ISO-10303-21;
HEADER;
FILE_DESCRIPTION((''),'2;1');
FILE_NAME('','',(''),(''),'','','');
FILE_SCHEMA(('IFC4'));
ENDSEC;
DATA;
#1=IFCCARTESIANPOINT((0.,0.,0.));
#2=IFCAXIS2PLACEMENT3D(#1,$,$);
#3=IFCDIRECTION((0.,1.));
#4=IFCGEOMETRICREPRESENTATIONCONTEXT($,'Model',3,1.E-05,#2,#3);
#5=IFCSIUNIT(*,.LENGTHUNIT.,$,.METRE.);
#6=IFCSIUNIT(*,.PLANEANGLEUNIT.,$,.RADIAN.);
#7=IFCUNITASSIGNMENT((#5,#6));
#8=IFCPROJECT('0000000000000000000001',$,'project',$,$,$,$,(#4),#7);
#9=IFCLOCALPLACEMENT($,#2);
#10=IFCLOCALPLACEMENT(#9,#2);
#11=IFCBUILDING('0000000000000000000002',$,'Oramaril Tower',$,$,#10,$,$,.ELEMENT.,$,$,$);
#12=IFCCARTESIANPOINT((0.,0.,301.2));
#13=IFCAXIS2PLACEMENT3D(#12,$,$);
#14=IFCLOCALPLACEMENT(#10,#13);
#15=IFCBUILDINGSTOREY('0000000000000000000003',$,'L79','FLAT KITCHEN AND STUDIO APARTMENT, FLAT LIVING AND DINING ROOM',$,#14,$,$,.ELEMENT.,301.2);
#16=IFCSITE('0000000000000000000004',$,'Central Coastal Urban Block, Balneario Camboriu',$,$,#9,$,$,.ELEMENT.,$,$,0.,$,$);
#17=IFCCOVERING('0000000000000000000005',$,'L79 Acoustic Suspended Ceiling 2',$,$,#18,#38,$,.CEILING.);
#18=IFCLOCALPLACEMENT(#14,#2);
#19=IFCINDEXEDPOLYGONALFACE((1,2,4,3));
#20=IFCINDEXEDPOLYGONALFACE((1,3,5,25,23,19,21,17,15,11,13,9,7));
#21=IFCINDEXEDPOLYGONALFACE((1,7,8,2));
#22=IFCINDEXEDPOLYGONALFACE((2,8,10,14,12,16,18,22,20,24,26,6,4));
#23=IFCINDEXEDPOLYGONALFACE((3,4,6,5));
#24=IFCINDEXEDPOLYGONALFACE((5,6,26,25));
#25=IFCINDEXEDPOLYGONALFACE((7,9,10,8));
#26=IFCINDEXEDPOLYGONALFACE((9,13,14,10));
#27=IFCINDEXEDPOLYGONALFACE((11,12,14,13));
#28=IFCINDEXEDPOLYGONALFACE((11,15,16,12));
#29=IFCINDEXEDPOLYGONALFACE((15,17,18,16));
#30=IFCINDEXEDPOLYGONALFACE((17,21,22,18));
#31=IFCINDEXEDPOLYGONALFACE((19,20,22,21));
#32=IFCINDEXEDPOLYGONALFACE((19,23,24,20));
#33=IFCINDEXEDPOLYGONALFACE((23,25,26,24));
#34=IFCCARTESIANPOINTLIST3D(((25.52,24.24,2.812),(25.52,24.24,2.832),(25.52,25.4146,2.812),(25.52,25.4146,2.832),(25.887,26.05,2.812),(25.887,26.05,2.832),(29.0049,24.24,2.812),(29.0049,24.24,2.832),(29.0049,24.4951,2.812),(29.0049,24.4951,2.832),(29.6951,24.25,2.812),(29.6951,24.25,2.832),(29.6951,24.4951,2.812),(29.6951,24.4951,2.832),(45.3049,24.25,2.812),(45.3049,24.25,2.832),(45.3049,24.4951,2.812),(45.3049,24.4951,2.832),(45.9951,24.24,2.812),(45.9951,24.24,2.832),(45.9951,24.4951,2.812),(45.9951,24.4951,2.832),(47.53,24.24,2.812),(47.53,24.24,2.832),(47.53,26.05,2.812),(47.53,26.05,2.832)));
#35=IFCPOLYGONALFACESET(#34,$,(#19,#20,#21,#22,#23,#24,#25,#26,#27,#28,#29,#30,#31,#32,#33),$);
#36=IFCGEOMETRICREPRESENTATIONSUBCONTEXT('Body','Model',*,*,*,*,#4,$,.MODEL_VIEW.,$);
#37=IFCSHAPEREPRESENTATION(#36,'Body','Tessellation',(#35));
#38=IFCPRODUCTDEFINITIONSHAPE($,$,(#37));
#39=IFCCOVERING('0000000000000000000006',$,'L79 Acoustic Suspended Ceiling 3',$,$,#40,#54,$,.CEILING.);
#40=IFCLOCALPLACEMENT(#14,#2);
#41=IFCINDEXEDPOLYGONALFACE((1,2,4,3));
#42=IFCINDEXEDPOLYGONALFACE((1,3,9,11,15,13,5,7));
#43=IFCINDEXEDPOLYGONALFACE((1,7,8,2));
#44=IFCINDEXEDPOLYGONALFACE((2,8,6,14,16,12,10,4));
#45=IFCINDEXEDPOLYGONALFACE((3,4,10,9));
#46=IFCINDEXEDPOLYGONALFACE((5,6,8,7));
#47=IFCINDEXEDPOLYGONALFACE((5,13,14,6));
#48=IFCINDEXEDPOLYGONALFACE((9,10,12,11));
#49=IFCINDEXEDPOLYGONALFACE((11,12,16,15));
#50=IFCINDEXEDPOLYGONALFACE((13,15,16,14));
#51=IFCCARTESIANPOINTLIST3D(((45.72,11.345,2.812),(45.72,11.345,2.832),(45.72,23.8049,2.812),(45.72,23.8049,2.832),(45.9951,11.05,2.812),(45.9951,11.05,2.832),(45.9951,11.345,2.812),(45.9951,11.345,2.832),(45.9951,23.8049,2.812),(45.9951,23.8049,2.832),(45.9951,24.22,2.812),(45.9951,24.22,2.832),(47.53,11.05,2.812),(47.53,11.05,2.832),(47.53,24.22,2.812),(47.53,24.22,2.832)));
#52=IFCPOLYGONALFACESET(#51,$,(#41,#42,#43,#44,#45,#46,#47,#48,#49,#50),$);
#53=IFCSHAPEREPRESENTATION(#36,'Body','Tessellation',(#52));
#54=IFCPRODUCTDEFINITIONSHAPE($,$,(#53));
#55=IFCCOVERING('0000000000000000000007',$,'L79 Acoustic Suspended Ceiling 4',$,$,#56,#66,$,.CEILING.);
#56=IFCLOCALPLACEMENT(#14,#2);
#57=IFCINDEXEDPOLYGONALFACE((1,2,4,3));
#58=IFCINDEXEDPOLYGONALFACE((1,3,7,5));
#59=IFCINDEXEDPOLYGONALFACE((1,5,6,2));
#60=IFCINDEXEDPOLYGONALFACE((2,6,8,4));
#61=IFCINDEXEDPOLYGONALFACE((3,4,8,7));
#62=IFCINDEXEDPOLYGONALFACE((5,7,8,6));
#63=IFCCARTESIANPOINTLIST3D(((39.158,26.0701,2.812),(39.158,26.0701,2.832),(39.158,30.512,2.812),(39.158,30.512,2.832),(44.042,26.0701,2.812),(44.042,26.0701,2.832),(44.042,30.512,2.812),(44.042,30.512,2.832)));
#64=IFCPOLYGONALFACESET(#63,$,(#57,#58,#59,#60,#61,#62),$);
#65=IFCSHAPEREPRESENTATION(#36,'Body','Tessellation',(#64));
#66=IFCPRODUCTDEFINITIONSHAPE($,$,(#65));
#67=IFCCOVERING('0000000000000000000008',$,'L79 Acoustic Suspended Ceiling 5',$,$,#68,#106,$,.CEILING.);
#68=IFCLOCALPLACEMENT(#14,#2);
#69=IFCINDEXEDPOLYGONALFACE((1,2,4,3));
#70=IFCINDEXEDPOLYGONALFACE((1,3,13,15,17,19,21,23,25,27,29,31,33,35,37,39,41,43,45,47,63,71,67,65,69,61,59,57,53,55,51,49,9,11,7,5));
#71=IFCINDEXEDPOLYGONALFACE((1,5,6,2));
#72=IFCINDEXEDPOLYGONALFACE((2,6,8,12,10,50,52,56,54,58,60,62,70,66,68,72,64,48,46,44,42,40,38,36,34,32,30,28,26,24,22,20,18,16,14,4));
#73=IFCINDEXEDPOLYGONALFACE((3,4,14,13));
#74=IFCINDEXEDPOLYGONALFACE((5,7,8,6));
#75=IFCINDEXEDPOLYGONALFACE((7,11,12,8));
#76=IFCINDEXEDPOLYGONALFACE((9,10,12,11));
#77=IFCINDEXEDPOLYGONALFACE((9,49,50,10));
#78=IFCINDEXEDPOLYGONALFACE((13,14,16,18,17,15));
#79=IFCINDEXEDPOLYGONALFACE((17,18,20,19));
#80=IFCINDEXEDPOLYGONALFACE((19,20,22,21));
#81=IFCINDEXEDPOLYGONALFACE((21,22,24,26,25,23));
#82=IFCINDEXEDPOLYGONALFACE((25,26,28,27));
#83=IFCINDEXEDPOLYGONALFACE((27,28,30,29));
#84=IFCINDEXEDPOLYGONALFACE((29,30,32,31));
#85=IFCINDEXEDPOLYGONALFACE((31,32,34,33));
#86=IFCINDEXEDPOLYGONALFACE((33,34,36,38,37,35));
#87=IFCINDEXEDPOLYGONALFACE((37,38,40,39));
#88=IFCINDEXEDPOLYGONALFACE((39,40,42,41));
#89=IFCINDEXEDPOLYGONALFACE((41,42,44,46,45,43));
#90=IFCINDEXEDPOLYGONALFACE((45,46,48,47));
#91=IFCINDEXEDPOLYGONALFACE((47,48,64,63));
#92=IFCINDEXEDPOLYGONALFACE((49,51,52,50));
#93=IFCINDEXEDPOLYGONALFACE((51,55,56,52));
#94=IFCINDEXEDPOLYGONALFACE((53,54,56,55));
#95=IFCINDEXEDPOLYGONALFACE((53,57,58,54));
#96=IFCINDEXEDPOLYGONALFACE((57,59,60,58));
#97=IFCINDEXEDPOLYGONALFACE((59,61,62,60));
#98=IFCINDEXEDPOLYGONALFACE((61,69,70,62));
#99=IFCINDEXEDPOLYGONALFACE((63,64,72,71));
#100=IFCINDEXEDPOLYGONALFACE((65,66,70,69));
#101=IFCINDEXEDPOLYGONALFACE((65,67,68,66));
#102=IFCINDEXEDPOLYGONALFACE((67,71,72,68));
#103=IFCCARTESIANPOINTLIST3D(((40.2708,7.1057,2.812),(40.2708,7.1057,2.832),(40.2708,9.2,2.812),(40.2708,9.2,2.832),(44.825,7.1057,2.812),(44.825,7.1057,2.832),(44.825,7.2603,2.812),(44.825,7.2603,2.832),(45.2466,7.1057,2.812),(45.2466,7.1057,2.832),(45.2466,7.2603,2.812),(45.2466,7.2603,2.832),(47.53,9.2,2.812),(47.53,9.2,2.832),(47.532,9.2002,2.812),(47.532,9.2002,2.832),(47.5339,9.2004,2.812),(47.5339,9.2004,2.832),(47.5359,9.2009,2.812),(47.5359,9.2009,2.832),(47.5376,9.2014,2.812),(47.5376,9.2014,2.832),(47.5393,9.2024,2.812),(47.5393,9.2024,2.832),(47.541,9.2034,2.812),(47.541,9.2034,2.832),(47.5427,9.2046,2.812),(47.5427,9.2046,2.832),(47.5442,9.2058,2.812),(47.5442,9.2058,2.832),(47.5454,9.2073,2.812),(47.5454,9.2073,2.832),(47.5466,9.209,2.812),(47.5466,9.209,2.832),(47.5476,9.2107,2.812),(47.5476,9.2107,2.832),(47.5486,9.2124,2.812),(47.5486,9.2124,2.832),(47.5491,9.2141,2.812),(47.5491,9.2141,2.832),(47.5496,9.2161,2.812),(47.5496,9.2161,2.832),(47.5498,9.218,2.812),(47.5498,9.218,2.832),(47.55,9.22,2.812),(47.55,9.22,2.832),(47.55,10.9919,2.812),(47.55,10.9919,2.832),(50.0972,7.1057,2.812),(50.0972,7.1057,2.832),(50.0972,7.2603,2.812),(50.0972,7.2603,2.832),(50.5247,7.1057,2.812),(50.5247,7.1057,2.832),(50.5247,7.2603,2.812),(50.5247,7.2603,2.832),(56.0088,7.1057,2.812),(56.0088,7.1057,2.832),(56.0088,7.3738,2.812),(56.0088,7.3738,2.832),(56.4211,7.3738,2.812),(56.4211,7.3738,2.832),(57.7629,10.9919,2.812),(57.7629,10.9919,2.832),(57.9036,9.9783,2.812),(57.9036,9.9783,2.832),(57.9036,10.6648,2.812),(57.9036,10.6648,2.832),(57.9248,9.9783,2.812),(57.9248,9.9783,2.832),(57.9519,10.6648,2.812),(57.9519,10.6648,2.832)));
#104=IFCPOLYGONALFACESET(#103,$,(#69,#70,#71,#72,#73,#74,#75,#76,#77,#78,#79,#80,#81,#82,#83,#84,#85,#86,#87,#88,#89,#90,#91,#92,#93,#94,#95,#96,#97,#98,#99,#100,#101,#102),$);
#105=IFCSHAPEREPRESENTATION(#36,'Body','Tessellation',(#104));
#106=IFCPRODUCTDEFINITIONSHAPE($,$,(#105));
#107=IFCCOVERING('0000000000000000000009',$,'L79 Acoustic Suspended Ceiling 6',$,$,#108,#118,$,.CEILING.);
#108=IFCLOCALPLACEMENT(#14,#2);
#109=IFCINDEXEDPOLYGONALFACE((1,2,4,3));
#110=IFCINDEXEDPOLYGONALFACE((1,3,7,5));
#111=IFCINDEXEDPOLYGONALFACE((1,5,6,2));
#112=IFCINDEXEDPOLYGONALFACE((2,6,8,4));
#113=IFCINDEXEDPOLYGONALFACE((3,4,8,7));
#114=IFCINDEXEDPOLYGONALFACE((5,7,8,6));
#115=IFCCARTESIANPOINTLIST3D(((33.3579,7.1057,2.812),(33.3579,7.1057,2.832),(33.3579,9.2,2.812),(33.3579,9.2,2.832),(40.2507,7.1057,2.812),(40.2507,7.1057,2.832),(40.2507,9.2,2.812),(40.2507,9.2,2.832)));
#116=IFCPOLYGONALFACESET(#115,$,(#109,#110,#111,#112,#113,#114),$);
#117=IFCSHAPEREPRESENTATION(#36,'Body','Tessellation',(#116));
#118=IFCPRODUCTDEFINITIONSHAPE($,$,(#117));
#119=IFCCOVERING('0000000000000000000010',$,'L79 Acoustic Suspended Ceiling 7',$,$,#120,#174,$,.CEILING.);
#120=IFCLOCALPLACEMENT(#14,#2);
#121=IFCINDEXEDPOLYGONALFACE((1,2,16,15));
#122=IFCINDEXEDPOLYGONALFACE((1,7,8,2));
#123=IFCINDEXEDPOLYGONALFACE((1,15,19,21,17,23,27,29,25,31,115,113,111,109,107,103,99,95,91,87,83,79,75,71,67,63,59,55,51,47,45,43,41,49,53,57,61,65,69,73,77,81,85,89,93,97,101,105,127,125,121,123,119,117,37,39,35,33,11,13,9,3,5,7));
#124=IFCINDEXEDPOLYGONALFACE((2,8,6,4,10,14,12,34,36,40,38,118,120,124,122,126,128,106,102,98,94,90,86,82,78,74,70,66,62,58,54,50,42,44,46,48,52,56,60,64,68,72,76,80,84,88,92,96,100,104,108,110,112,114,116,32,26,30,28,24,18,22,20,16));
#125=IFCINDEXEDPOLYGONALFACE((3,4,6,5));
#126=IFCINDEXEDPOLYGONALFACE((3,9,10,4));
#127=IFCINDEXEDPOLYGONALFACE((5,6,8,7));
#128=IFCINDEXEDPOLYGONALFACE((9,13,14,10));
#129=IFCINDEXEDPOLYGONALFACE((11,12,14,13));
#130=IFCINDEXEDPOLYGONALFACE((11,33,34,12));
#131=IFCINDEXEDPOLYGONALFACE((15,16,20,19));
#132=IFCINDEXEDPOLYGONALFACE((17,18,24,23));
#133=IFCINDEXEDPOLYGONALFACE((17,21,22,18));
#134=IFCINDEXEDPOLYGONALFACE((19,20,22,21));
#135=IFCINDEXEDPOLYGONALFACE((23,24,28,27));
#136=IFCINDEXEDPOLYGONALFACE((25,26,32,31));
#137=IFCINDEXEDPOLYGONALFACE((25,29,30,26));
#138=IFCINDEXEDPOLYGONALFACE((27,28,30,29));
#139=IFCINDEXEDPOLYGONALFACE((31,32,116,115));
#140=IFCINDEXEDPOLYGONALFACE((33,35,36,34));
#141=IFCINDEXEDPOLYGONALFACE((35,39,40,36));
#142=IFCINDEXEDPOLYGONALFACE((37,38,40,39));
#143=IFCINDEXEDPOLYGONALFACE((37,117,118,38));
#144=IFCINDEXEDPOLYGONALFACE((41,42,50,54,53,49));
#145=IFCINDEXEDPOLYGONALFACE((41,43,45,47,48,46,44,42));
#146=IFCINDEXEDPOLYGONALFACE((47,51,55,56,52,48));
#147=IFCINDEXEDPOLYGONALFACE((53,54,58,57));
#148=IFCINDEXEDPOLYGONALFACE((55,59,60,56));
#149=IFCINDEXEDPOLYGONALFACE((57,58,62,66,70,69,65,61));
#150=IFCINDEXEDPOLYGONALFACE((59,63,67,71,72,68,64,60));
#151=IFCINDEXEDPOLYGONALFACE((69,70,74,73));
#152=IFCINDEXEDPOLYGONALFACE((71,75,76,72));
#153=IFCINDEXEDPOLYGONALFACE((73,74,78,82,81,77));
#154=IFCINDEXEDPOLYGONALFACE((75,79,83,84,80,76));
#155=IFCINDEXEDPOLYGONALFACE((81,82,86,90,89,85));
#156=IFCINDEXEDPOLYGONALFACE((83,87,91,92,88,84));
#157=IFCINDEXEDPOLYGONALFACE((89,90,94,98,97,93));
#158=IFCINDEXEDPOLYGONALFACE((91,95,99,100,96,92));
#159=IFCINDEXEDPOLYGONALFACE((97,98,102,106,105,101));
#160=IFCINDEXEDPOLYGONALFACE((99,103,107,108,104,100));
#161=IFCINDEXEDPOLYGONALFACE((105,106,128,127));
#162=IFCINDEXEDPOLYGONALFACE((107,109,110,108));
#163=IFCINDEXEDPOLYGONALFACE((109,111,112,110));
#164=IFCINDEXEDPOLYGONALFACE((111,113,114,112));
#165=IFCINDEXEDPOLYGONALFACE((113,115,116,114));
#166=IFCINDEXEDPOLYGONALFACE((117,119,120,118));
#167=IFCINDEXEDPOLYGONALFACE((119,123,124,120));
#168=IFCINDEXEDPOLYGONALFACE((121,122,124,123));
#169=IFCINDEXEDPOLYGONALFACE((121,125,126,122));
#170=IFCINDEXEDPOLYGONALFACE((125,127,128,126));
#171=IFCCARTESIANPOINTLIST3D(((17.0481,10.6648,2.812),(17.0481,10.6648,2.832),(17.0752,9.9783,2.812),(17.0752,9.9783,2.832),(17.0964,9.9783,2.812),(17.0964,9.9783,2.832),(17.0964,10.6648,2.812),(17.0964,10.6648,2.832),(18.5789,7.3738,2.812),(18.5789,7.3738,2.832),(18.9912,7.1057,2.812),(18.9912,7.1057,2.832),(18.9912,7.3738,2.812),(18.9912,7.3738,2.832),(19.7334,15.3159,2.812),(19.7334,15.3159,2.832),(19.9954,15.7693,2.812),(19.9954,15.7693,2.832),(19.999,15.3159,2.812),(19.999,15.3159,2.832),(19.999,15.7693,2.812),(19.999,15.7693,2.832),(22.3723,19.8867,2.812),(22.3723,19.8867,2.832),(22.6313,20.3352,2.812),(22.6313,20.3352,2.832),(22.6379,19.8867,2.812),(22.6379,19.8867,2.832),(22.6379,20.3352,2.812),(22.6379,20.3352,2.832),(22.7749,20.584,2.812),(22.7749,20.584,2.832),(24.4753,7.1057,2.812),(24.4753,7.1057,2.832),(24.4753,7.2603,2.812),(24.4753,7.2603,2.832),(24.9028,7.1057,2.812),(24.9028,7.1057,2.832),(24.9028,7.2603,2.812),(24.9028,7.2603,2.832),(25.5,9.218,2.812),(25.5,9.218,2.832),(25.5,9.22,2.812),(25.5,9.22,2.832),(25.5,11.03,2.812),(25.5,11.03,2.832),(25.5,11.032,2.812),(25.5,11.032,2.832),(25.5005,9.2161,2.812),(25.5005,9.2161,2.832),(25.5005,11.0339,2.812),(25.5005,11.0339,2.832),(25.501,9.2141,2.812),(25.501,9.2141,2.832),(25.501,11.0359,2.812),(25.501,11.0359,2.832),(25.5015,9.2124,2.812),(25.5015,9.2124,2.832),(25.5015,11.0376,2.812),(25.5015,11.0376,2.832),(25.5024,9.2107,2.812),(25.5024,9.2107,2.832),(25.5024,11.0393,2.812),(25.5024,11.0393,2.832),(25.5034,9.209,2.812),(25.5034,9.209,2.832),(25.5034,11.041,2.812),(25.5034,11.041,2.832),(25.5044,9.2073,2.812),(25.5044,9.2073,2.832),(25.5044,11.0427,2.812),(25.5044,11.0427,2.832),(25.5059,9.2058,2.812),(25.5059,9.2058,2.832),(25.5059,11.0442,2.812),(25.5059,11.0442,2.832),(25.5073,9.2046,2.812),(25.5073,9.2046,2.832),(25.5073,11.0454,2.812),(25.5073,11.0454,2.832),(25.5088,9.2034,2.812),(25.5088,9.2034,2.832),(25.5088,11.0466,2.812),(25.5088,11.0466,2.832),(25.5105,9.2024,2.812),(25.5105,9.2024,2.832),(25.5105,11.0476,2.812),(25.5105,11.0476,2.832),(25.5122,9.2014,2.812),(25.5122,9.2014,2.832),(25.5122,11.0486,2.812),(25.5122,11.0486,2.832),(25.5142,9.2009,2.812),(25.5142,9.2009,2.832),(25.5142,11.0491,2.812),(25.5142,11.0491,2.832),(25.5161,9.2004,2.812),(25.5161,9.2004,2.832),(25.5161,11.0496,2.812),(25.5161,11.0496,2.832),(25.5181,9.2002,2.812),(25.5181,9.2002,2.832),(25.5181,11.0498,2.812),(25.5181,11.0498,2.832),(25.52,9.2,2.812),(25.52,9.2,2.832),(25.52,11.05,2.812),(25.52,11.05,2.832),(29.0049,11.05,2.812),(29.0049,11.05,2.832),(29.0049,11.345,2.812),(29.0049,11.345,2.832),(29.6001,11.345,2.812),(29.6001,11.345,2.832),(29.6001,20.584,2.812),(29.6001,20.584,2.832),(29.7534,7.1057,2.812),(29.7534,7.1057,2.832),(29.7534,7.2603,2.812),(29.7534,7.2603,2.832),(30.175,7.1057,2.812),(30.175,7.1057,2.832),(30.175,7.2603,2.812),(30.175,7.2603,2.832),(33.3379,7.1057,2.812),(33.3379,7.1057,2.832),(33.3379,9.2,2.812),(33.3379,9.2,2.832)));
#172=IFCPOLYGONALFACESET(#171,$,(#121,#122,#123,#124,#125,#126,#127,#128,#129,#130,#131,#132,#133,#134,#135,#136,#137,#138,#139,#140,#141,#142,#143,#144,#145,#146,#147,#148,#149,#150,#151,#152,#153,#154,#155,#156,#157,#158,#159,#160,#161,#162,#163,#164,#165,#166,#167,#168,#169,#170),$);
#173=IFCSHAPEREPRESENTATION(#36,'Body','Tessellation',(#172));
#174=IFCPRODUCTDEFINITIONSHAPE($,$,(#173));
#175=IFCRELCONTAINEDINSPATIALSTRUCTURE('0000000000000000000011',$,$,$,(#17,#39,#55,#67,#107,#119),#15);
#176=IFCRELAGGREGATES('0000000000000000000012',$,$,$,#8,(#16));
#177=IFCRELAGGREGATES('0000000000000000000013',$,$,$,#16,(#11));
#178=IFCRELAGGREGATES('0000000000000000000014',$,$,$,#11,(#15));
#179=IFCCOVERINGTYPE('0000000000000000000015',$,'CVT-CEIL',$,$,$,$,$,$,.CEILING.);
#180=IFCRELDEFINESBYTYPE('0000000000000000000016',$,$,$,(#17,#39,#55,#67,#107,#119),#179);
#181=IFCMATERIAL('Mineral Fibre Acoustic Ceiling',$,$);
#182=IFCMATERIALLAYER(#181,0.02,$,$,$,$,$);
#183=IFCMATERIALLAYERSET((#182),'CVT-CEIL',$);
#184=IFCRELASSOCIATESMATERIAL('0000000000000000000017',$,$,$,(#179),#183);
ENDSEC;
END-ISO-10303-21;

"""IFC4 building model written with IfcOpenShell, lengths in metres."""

from ifc_helpers import new_model, si_unit, direction, frame, origin, place, context, subcontext, project, spatial, polyline, outline, extrude, material, layer, layer_set, type_object, element, save


model = new_model("IFC4")

# Units and contexts
model_context = context("Model", 3, precision=1e-05, world=origin(), true_north=direction((0.0, 1.0)))
body_context = subcontext(model_context, "Body", "Model", "MODEL_VIEW")
ifc_project = project(units=[si_unit("LENGTHUNIT", "METRE"), si_unit("PLANEANGLEUNIT", "RADIAN")], contexts=[model_context])

# Site, building, storey
site_placement = place(None, origin())
site = spatial("IfcSite", under=ifc_project, at=site_placement, Name="Central Coastal Urban Block, Balneario Camboriu", CompositionType="ELEMENT", RefElevation=0.0)
building_placement = place(site_placement, origin())
building = spatial("IfcBuilding", under=site, at=building_placement, Name="Oramaril Tower", CompositionType="ELEMENT")
storey_placement = place(building_placement, frame((0.0, 0.0, 301.2)))
storey = spatial("IfcBuildingStorey", under=building, at=storey_placement, Name="L79", Description="FLAT KITCHEN AND STUDIO APARTMENT, FLAT LIVING AND DINING ROOM", CompositionType="ELEMENT", Elevation=301.2)

# Coverings
ifc_material_1 = material(Name="Mineral Fibre Acoustic Ceiling")
ifc_layer_1 = layer(ifc_material_1, 0.02)
ifc_layer_set_1 = layer_set([ifc_layer_1], Name="CVT-CEIL")
covering_type_1 = type_object("IfcCoveringType", Name="CVT-CEIL", PredefinedType="CEILING", material=ifc_layer_set_1)
covering_1_placement = place(storey_placement, frame((0.0, 0.0, 2.812)))
element("IfcCovering", 1, at=covering_1_placement, inside=storey, type_object=covering_type_1, Name="L79 Acoustic Suspended Ceiling 2", PredefinedType="CEILING", context=body_context, shape_type="SweptSolid", body=[
    extrude(outline(polyline([(45.9951, 24.24), (45.9951, 24.4951), (45.3049, 24.4951), (45.3049, 24.25), (29.6951, 24.25), (29.6951, 24.4951), (29.0049, 24.4951), (29.0049, 24.24), (25.52, 24.24), (25.52, 25.4146), (25.887, 26.05), (47.53, 26.05), (47.53, 24.24), (45.9951, 24.24)])), origin(), (0.0, 0.0, 1.0), 0.02),
])
covering_2_placement = place(storey_placement, frame((0.0, 0.0, 2.812)))
element("IfcCovering", 2, at=covering_2_placement, inside=storey, type_object=covering_type_1, Name="L79 Acoustic Suspended Ceiling 3", PredefinedType="CEILING", context=body_context, shape_type="SweptSolid", body=[
    extrude(outline(polyline([(47.53, 11.05), (45.9951, 11.05), (45.9951, 11.345), (45.72, 11.345), (45.72, 23.8049), (45.9951, 23.8049), (45.9951, 24.22), (47.53, 24.22), (47.53, 11.05)])), origin(), (0.0, 0.0, 1.0), 0.02),
])
covering_3_placement = place(storey_placement, frame((0.0, 0.0, 2.812)))
element("IfcCovering", 3, at=covering_3_placement, inside=storey, type_object=covering_type_1, Name="L79 Acoustic Suspended Ceiling 4", PredefinedType="CEILING", context=body_context, shape_type="SweptSolid", body=[
    extrude(outline(polyline([(44.042, 30.512), (44.042, 26.0701), (39.158, 26.0701), (39.158, 30.512), (44.042, 30.512)])), origin(), (0.0, 0.0, 1.0), 0.02),
])
covering_4_placement = place(storey_placement, frame((0.0, 0.0, 2.812)))
element("IfcCovering", 4, at=covering_4_placement, inside=storey, type_object=covering_type_1, Name="L79 Acoustic Suspended Ceiling 5", PredefinedType="CEILING", context=body_context, shape_type="SweptSolid", body=[
    extrude(outline(polyline([(57.7629, 10.9919), (57.9519, 10.6648), (57.9036, 10.6648), (57.9036, 9.9783), (57.9248, 9.9783), (56.4211, 7.3738), (56.0088, 7.3738), (56.0088, 7.1057), (50.5247, 7.1057), (50.5247, 7.2603), (50.0972, 7.2603), (50.0972, 7.1057), (45.2466, 7.1057), (45.2466, 7.2603), (44.825, 7.2603), (44.825, 7.1057), (40.2708, 7.1057), (40.2708, 9.2), (47.53, 9.2), (47.532, 9.2002), (47.5339, 9.2004), (47.5359, 9.2009), (47.5376, 9.2014), (47.5393, 9.2024), (47.541, 9.2034), (47.5427, 9.2046), (47.5442, 9.2058), (47.5454, 9.2073), (47.5466, 9.209), (47.5476, 9.2107), (47.5486, 9.2124), (47.5491, 9.2141), (47.5496, 9.2161), (47.5498, 9.218), (47.55, 9.22), (47.55, 10.9919), (57.7629, 10.9919)])), origin(), (0.0, 0.0, 1.0), 0.02),
])
covering_5_placement = place(storey_placement, frame((0.0, 0.0, 2.812)))
element("IfcCovering", 5, at=covering_5_placement, inside=storey, type_object=covering_type_1, Name="L79 Acoustic Suspended Ceiling 6", PredefinedType="CEILING", context=body_context, shape_type="SweptSolid", body=[
    extrude(outline(polyline([(33.3579, 7.1057), (33.3579, 9.2), (40.2507, 9.2), (40.2507, 7.1057), (33.3579, 7.1057)])), origin(), (0.0, 0.0, 1.0), 0.02),
])
covering_6_placement = place(storey_placement, frame((0.0, 0.0, 2.812)))
element("IfcCovering", 6, at=covering_6_placement, inside=storey, type_object=covering_type_1, Name="L79 Acoustic Suspended Ceiling 7", PredefinedType="CEILING", context=body_context, shape_type="SweptSolid", body=[
    extrude(outline(polyline([(19.999, 15.3159), (19.999, 15.7693), (19.9954, 15.7693), (22.3723, 19.8867), (22.6379, 19.8867), (22.6379, 20.3352), (22.6313, 20.3352), (22.7749, 20.584), (29.6001, 20.584), (29.6001, 11.345), (29.0049, 11.345), (29.0049, 11.05), (25.52, 11.05), (25.5181, 11.0498), (25.5161, 11.0496), (25.5142, 11.0491), (25.5122, 11.0486), (25.5105, 11.0476), (25.5088, 11.0466), (25.5073, 11.0454), (25.5059, 11.0442), (25.5044, 11.0427), (25.5034, 11.041), (25.5024, 11.0393), (25.5015, 11.0376), (25.501, 11.0359), (25.5005, 11.0339), (25.5, 11.032), (25.5, 11.03), (25.5, 9.22), (25.5, 9.218), (25.5005, 9.2161), (25.501, 9.2141), (25.5015, 9.2124), (25.5024, 9.2107), (25.5034, 9.209), (25.5044, 9.2073), (25.5059, 9.2058), (25.5073, 9.2046), (25.5088, 9.2034), (25.5105, 9.2024), (25.5122, 9.2014), (25.5142, 9.2009), (25.5161, 9.2004), (25.5181, 9.2002), (25.52, 9.2), (33.3379, 9.2), (33.3379, 7.1057), (30.175, 7.1057), (30.175, 7.2603), (29.7534, 7.2603), (29.7534, 7.1057), (24.9028, 7.1057), (24.9028, 7.2603), (24.4753, 7.2603), (24.4753, 7.1057), (18.9912, 7.1057), (18.9912, 7.3738), (18.5789, 7.3738), (17.0752, 9.9783), (17.0964, 9.9783), (17.0964, 10.6648), (17.0481, 10.6648), (19.7334, 15.3159), (19.999, 15.3159)])), origin(), (0.0, 0.0, 1.0), 0.02),
])

save(model, "model.ifc")
